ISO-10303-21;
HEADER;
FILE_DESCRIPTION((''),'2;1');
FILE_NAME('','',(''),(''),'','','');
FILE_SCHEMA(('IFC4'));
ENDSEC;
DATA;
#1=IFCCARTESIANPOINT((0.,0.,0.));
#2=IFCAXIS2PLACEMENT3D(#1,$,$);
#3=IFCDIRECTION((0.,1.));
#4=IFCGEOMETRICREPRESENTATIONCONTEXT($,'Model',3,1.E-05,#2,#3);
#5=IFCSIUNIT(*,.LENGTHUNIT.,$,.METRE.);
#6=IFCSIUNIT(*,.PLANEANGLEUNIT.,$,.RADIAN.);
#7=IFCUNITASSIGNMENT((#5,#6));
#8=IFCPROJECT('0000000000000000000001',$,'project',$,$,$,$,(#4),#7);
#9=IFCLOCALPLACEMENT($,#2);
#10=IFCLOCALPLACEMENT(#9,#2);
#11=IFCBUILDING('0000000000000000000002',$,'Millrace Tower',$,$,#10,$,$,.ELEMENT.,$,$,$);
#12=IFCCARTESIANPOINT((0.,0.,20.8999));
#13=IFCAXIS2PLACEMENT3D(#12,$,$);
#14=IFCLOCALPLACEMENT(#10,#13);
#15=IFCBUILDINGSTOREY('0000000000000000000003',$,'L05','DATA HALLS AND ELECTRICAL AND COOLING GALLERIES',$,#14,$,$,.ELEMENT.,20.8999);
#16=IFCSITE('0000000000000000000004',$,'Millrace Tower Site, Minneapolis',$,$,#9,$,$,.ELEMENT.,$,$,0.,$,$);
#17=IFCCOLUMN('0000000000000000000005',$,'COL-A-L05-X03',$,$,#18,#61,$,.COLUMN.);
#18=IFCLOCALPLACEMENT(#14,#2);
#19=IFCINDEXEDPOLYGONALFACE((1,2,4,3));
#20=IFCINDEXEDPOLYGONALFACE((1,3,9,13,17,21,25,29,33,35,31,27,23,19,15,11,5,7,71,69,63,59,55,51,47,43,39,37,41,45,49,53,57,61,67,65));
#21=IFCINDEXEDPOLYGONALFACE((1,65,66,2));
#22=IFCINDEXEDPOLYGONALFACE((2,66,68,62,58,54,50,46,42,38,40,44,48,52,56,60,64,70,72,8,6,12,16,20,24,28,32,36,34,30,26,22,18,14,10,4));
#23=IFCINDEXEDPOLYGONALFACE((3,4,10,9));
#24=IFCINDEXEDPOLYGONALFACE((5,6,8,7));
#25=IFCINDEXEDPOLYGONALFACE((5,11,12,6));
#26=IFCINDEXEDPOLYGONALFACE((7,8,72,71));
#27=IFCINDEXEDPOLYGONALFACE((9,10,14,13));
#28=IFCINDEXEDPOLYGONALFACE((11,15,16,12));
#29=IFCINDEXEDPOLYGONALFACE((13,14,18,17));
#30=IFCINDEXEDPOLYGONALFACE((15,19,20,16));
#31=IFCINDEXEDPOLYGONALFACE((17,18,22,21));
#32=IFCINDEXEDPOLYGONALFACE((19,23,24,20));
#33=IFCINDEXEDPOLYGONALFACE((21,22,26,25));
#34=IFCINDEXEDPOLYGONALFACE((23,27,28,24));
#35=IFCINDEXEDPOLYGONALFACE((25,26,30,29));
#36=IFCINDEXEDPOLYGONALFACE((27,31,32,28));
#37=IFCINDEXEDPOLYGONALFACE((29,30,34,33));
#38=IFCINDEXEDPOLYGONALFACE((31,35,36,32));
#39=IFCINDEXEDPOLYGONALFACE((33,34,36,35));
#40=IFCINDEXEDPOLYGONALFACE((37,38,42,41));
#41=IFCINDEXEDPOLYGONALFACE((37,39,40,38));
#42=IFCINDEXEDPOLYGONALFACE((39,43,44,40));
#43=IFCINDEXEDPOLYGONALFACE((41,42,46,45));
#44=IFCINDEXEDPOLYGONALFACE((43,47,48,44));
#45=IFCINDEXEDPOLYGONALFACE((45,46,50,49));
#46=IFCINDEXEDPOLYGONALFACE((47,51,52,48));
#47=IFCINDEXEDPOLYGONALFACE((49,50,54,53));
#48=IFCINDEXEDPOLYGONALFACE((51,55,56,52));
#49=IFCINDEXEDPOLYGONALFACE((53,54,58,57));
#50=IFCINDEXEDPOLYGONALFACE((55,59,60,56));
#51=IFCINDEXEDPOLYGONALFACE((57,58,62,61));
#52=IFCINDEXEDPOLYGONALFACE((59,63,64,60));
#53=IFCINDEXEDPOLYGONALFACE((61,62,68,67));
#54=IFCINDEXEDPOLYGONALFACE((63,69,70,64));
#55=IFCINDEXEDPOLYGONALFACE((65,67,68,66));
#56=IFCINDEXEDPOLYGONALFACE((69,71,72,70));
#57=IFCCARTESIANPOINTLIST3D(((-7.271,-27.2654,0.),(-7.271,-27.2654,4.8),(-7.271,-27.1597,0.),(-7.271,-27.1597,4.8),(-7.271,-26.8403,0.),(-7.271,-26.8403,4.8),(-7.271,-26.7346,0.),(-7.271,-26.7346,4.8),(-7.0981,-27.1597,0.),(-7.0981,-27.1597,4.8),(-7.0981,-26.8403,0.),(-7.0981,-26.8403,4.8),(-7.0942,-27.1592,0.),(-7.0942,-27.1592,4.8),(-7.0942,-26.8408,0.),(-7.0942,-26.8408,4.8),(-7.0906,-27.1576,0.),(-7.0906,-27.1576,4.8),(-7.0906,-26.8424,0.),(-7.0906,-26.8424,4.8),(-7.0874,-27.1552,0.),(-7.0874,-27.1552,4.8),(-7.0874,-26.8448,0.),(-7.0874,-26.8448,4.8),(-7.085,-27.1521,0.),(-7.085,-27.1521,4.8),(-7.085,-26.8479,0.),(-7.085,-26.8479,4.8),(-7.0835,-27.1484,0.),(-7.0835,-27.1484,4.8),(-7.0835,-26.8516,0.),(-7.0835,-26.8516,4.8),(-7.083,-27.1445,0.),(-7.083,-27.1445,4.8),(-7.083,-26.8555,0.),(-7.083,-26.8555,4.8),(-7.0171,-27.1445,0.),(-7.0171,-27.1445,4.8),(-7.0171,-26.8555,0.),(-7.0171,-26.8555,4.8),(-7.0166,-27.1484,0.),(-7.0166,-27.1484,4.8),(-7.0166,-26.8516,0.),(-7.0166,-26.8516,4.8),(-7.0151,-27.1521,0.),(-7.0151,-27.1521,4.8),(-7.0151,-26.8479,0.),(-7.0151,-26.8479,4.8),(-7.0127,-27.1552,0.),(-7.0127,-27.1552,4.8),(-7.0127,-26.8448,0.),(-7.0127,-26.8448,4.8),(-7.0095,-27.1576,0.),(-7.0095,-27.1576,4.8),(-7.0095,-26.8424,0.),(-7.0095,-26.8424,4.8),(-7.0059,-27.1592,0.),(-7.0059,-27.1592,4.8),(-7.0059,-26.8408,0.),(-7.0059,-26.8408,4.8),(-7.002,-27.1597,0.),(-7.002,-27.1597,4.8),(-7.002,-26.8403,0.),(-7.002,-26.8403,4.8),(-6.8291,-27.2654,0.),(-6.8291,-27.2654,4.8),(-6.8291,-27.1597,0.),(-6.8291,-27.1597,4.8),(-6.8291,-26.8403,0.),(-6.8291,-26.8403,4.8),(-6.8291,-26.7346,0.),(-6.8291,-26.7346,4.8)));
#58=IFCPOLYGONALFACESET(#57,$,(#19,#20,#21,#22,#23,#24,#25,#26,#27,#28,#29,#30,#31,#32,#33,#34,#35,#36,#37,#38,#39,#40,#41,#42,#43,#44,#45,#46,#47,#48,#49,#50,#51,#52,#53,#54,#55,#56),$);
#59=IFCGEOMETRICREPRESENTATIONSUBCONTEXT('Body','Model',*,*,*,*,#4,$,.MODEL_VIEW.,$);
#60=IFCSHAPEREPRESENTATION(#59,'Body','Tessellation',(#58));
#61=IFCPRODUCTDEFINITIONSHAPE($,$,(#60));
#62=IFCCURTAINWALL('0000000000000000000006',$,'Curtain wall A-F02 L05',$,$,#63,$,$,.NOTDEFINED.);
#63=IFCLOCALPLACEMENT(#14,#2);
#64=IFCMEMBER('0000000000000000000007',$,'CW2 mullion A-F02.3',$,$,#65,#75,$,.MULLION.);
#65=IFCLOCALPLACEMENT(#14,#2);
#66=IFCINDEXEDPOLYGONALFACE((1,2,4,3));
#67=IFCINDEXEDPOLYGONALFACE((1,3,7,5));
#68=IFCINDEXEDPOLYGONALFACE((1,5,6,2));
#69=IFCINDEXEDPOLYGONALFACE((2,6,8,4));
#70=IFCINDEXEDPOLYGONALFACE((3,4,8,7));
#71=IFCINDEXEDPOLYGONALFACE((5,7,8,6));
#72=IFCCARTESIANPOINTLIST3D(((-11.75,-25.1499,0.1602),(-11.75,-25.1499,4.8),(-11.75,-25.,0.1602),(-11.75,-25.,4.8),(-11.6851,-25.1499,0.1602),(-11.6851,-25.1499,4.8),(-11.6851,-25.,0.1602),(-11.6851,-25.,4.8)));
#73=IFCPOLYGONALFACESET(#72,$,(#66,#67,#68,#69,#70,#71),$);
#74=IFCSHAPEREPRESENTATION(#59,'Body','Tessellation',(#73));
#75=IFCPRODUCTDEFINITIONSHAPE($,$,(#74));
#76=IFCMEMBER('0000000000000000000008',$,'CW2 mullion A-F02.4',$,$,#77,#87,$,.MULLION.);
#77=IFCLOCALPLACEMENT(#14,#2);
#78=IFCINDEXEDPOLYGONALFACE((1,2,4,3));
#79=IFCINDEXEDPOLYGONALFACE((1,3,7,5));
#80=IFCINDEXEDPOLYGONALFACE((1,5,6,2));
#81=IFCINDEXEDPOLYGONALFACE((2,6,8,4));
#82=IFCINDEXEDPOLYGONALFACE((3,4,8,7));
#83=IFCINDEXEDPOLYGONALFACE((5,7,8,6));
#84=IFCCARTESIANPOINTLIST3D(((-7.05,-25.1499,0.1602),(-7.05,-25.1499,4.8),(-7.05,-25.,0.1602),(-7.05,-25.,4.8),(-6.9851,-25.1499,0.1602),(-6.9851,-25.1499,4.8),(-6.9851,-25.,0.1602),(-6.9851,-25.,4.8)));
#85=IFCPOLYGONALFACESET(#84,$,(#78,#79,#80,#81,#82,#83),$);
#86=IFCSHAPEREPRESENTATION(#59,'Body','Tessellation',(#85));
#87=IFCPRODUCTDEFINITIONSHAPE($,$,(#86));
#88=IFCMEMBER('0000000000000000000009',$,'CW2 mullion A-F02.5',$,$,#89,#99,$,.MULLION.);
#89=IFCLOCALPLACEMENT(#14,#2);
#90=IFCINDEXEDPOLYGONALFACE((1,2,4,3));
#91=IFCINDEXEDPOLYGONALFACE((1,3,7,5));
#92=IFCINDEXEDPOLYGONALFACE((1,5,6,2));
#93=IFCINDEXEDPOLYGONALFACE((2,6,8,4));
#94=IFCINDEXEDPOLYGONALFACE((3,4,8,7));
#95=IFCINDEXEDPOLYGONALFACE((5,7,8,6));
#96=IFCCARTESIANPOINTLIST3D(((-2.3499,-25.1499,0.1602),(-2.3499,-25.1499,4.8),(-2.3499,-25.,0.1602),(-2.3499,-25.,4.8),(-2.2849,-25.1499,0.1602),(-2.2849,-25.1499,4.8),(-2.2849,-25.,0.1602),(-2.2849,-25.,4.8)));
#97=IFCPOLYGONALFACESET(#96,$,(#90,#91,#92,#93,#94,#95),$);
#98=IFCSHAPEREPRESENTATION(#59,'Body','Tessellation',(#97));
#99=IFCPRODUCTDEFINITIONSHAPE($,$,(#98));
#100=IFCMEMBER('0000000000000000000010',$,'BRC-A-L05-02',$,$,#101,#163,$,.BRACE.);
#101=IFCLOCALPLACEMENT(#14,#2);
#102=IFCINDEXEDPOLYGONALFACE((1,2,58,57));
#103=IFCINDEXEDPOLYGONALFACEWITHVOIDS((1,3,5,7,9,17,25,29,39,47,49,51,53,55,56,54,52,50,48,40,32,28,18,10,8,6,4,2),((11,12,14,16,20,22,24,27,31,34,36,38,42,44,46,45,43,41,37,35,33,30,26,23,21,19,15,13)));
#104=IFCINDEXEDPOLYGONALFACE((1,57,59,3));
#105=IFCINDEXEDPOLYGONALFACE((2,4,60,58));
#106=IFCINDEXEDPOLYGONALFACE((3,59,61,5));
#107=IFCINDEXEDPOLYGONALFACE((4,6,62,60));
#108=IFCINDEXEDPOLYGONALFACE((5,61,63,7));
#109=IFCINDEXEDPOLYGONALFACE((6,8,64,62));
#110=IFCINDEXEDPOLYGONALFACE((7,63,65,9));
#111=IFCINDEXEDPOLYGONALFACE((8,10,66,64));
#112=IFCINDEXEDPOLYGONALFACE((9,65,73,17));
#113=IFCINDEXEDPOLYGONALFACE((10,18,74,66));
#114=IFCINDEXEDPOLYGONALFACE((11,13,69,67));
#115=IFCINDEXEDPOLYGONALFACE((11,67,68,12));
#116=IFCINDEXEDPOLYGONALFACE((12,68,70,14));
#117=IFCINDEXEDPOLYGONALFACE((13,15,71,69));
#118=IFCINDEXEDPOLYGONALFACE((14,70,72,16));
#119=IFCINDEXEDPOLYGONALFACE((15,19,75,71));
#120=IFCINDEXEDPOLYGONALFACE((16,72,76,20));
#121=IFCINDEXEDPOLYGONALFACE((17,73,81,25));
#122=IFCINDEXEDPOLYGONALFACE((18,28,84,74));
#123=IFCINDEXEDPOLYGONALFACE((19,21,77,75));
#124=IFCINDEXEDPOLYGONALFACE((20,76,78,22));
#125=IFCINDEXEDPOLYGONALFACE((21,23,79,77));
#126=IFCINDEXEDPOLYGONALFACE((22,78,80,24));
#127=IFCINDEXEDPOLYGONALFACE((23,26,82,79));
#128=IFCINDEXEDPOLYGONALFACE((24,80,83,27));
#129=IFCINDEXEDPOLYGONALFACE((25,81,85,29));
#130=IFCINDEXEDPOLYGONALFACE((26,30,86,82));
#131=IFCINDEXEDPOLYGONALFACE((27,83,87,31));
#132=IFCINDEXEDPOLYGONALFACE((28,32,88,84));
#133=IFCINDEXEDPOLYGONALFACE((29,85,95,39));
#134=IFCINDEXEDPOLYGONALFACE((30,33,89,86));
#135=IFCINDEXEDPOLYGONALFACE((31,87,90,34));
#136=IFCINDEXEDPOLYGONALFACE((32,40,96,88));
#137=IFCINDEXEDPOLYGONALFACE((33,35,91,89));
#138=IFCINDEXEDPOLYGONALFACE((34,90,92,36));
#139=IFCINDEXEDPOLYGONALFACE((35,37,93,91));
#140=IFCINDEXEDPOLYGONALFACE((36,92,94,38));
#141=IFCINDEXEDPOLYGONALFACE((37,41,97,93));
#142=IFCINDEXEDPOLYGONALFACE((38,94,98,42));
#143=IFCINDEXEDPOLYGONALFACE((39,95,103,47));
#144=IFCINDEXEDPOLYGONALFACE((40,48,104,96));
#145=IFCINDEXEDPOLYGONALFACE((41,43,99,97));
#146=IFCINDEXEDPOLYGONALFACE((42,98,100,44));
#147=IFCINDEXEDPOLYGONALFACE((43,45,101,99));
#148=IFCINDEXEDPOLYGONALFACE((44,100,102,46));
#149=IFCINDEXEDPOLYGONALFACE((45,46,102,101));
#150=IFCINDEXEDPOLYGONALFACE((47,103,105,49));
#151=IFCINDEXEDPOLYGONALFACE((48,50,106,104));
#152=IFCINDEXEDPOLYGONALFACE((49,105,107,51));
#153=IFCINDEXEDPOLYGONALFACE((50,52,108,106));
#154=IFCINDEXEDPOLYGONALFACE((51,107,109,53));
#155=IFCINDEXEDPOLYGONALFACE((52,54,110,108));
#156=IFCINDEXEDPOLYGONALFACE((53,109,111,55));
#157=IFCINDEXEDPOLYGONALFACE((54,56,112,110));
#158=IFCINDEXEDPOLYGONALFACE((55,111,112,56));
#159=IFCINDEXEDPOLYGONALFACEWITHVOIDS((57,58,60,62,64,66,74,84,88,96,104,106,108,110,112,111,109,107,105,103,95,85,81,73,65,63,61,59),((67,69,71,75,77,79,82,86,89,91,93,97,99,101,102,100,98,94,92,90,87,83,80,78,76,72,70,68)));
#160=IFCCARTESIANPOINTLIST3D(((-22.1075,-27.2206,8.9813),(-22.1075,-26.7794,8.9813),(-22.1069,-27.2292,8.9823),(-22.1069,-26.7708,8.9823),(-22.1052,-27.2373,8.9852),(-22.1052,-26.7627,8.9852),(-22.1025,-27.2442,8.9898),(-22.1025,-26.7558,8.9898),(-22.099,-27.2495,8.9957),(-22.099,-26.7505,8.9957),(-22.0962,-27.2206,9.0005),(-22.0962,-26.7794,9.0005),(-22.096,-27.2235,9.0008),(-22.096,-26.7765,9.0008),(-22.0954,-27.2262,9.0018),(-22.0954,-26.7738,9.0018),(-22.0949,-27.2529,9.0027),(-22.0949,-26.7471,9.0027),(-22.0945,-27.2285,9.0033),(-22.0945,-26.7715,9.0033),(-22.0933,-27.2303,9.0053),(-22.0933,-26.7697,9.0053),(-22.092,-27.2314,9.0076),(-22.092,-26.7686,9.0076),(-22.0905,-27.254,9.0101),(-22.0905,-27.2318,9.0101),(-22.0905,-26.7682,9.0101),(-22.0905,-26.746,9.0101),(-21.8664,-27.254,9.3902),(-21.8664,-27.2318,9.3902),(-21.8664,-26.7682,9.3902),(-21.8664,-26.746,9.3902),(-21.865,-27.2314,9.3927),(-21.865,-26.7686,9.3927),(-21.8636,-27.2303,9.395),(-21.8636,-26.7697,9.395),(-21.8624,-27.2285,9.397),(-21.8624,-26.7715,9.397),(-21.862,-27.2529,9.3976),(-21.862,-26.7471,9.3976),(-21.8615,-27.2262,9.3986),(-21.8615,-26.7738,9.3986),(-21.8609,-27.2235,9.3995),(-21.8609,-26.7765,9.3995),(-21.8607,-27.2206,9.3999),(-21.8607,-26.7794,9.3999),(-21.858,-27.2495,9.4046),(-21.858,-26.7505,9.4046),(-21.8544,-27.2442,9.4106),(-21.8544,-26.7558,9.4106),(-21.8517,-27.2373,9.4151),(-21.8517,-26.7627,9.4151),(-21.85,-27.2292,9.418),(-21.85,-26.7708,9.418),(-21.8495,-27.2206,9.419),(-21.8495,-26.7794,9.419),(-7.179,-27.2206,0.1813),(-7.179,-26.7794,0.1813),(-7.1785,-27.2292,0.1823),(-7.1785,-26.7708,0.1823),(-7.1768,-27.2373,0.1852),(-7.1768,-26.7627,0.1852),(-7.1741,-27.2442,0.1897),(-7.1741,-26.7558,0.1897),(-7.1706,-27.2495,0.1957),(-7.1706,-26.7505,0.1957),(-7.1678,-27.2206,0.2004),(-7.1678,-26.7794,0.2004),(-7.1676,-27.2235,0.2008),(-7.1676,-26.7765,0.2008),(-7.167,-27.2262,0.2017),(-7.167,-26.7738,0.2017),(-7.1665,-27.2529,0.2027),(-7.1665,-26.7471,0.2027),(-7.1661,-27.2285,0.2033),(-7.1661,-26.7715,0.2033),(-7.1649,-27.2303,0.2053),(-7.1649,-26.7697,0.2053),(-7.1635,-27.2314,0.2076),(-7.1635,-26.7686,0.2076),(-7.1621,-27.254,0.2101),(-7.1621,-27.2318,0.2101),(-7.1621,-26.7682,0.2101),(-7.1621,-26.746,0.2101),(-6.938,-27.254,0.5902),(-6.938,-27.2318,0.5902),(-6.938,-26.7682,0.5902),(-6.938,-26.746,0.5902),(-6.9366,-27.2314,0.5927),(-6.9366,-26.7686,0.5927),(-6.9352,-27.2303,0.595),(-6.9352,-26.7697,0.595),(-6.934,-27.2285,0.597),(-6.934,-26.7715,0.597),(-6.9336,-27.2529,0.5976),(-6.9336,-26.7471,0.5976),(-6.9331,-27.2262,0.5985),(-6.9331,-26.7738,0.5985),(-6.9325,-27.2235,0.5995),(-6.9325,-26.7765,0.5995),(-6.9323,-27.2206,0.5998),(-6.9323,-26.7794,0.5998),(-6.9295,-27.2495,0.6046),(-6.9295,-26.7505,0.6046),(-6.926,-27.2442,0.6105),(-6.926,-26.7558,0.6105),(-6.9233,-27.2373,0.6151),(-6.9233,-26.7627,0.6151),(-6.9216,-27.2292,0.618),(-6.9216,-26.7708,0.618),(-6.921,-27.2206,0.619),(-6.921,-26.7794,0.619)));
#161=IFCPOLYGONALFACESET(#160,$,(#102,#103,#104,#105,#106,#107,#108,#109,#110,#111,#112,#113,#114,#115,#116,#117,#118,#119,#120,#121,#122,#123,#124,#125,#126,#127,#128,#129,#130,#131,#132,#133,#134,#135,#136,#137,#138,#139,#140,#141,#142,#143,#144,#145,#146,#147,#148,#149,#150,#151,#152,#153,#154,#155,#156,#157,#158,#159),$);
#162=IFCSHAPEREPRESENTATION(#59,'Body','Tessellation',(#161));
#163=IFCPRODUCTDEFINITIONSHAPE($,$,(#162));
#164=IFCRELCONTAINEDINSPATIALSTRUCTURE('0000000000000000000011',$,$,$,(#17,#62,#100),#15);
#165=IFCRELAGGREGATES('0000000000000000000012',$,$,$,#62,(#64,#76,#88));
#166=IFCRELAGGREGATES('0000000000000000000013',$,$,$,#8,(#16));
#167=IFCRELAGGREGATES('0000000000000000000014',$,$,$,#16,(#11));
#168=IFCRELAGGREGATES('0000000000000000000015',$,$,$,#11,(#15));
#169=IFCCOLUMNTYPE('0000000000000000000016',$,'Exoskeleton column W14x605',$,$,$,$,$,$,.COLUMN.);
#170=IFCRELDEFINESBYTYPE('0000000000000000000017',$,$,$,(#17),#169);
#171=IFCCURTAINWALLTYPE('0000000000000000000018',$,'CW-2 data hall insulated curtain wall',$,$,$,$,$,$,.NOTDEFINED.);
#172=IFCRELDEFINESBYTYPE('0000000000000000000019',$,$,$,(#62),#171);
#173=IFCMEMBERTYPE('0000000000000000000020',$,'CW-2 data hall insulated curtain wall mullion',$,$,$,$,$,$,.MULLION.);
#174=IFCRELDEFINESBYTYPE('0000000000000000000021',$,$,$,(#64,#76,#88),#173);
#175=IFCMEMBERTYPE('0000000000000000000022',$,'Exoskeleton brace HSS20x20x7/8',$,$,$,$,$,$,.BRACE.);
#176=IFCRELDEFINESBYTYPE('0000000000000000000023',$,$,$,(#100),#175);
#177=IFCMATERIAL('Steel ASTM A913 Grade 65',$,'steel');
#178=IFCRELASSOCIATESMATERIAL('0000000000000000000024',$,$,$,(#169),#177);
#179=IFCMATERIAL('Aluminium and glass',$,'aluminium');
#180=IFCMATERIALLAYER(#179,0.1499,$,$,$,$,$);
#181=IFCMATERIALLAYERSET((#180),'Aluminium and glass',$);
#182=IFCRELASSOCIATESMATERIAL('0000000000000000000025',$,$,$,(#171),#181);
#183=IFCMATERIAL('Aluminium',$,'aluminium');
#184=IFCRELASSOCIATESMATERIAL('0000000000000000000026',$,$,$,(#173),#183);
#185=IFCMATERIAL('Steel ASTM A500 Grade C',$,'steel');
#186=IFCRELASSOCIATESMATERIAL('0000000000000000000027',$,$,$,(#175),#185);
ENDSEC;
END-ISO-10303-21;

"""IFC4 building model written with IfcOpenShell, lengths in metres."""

from ifc_helpers import new_model, si_unit, direction, frame, origin, origin_2d, place, context, subcontext, project, spatial, rectangle, hollow_rectangle, i_section, extrude, material, layer, layer_set, material_profile, profile_set, type_object, element, aggregate, save


model = new_model("IFC4")

# Units and contexts
model_context = context("Model", 3, precision=1e-05, world=origin(), true_north=direction((0.0, 1.0)))
body_context = subcontext(model_context, "Body", "Model", "MODEL_VIEW")
ifc_project = project(units=[si_unit("LENGTHUNIT", "METRE"), si_unit("PLANEANGLEUNIT", "RADIAN")], contexts=[model_context])

# Site, building, storey
site_placement = place(None, origin())
site = spatial("IfcSite", under=ifc_project, at=site_placement, Name="Millrace Tower Site, Minneapolis", CompositionType="ELEMENT", RefElevation=0.0)
building_placement = place(site_placement, origin())
building = spatial("IfcBuilding", under=site, at=building_placement, Name="Millrace Tower", CompositionType="ELEMENT")
storey_placement = place(building_placement, frame((0.0, 0.0, 20.8999)))
storey = spatial("IfcBuildingStorey", under=building, at=storey_placement, Name="L05", Description="DATA HALLS AND ELECTRICAL AND COOLING GALLERIES", CompositionType="ELEMENT", Elevation=20.8999)

# Column
ifc_material_1 = material(Name="Steel ASTM A913 Grade 65", Category="steel")
ifc_material_profile_1 = material_profile(ifc_material_1, i_section(OverallWidth=0.4419, OverallDepth=0.5308, WebThickness=0.0659, FlangeThickness=0.1057, FilletRadius=0.0151, at=origin_2d()))
ifc_profile_set_1 = profile_set([ifc_material_profile_1], Name="Steel ASTM A913 Grade 65")
column_type = type_object("IfcColumnType", Name="Exoskeleton column W14x605", PredefinedType="COLUMN", material=ifc_profile_set_1)
column_placement = place(storey_placement, frame((-7.05, -27.0, 0.0), z_axis=(0.0, 0.0, 1.0), x_axis=(1.0, 0.0, 0.0)))
element("IfcColumn", 1, at=column_placement, inside=storey, type_object=column_type, Name="COL-A-L05-X03", PredefinedType="COLUMN", context=body_context, shape_type="SweptSolid", body=[
    extrude(i_section(OverallWidth=0.4419, OverallDepth=0.5308, WebThickness=0.0659, FlangeThickness=0.1057, FilletRadius=0.0151, at=origin_2d()), origin(), (0.0, 0.0, 1.0), 4.8),
])

# Curtain wall, members
ifc_material_2 = material(Name="Aluminium and glass", Category="aluminium")
ifc_layer_1 = layer(ifc_material_2, 0.1499)
ifc_layer_set_1 = layer_set([ifc_layer_1], Name="Aluminium and glass")
curtain_wall_type = type_object("IfcCurtainWallType", Name="CW-2 data hall insulated curtain wall", PredefinedType="NOTDEFINED", material=ifc_layer_set_1)
curtain_wall_placement = place(storey_placement, origin())
curtain_wall = element("IfcCurtainWall", 2, at=curtain_wall_placement, inside=storey, type_object=curtain_wall_type, Name="Curtain wall A-F02 L05", PredefinedType="NOTDEFINED")
ifc_material_3 = material(Name="Aluminium", Category="aluminium")
ifc_material_profile_2 = material_profile(ifc_material_3, rectangle(XDim=0.0649, YDim=0.1499, at=origin_2d()))
ifc_profile_set_2 = profile_set([ifc_material_profile_2], Name="Aluminium")
member_type_1 = type_object("IfcMemberType", Name="CW-2 data hall insulated curtain wall mullion", PredefinedType="MULLION", material=ifc_profile_set_2)
member_1_placement = place(storey_placement, frame((-11.7175, -25.075, 0.1602), z_axis=(0.0, 0.0, 1.0), x_axis=(1.0, 0.0, 0.0)))
member_1 = element("IfcMember", 3, at=member_1_placement, type_object=member_type_1, Name="CW2 mullion A-F02.3", PredefinedType="MULLION", context=body_context, shape_type="SweptSolid", body=[
    extrude(rectangle(XDim=0.0649, YDim=0.1499, at=origin_2d()), origin(), (0.0, 0.0, 1.0), 4.6399),
])
member_2_placement = place(storey_placement, frame((-7.0176, -25.075, 0.1602), z_axis=(0.0, 0.0, 1.0), x_axis=(1.0, 0.0, 0.0)))
member_2 = element("IfcMember", 4, at=member_2_placement, type_object=member_type_1, Name="CW2 mullion A-F02.4", PredefinedType="MULLION", context=body_context, shape_type="SweptSolid", body=[
    extrude(rectangle(XDim=0.0649, YDim=0.1499, at=origin_2d()), origin(), (0.0, 0.0, 1.0), 4.6399),
])
member_3_placement = place(storey_placement, frame((-2.3174, -25.075, 0.1602), z_axis=(0.0, 0.0, 1.0), x_axis=(1.0, 0.0, 0.0)))
member_3 = element("IfcMember", 5, at=member_3_placement, type_object=member_type_1, Name="CW2 mullion A-F02.5", PredefinedType="MULLION", context=body_context, shape_type="SweptSolid", body=[
    extrude(rectangle(XDim=0.0649, YDim=0.1499, at=origin_2d()), origin(), (0.0, 0.0, 1.0), 4.6399),
])
aggregate(curtain_wall, [member_1, member_2, member_3])

# Member
ifc_material_4 = material(Name="Steel ASTM A500 Grade C", Category="steel")
ifc_material_profile_3 = material_profile(ifc_material_4, hollow_rectangle(XDim=0.5081, YDim=0.5081, WallThickness=0.0222, InnerFilletRadius=0.0112, OuterFilletRadius=0.0334, at=origin_2d()))
ifc_profile_set_3 = profile_set([ifc_material_profile_3], Name="Steel ASTM A500 Grade C")
member_type_2 = type_object("IfcMemberType", Name="Exoskeleton brace HSS20x20x7/8", PredefinedType="BRACE", material=ifc_profile_set_3)
member_4_placement = place(storey_placement, frame((-7.05, -27.0, 0.4001), z_axis=(-0.861465, 0.0, 0.507817), x_axis=(0.0, -1.0, 0.0)))
element("IfcMember", 6, at=member_4_placement, inside=storey, type_object=member_type_2, Name="BRC-A-L05-02", PredefinedType="BRACE", context=body_context, shape_type="SweptSolid", body=[
    extrude(hollow_rectangle(XDim=0.5081, YDim=0.5081, WallThickness=0.0222, InnerFilletRadius=0.0112, OuterFilletRadius=0.0334, at=origin_2d()), origin(), (0.0, 0.0, 1.0), 17.3291),
])

save(model, "model.ifc")
